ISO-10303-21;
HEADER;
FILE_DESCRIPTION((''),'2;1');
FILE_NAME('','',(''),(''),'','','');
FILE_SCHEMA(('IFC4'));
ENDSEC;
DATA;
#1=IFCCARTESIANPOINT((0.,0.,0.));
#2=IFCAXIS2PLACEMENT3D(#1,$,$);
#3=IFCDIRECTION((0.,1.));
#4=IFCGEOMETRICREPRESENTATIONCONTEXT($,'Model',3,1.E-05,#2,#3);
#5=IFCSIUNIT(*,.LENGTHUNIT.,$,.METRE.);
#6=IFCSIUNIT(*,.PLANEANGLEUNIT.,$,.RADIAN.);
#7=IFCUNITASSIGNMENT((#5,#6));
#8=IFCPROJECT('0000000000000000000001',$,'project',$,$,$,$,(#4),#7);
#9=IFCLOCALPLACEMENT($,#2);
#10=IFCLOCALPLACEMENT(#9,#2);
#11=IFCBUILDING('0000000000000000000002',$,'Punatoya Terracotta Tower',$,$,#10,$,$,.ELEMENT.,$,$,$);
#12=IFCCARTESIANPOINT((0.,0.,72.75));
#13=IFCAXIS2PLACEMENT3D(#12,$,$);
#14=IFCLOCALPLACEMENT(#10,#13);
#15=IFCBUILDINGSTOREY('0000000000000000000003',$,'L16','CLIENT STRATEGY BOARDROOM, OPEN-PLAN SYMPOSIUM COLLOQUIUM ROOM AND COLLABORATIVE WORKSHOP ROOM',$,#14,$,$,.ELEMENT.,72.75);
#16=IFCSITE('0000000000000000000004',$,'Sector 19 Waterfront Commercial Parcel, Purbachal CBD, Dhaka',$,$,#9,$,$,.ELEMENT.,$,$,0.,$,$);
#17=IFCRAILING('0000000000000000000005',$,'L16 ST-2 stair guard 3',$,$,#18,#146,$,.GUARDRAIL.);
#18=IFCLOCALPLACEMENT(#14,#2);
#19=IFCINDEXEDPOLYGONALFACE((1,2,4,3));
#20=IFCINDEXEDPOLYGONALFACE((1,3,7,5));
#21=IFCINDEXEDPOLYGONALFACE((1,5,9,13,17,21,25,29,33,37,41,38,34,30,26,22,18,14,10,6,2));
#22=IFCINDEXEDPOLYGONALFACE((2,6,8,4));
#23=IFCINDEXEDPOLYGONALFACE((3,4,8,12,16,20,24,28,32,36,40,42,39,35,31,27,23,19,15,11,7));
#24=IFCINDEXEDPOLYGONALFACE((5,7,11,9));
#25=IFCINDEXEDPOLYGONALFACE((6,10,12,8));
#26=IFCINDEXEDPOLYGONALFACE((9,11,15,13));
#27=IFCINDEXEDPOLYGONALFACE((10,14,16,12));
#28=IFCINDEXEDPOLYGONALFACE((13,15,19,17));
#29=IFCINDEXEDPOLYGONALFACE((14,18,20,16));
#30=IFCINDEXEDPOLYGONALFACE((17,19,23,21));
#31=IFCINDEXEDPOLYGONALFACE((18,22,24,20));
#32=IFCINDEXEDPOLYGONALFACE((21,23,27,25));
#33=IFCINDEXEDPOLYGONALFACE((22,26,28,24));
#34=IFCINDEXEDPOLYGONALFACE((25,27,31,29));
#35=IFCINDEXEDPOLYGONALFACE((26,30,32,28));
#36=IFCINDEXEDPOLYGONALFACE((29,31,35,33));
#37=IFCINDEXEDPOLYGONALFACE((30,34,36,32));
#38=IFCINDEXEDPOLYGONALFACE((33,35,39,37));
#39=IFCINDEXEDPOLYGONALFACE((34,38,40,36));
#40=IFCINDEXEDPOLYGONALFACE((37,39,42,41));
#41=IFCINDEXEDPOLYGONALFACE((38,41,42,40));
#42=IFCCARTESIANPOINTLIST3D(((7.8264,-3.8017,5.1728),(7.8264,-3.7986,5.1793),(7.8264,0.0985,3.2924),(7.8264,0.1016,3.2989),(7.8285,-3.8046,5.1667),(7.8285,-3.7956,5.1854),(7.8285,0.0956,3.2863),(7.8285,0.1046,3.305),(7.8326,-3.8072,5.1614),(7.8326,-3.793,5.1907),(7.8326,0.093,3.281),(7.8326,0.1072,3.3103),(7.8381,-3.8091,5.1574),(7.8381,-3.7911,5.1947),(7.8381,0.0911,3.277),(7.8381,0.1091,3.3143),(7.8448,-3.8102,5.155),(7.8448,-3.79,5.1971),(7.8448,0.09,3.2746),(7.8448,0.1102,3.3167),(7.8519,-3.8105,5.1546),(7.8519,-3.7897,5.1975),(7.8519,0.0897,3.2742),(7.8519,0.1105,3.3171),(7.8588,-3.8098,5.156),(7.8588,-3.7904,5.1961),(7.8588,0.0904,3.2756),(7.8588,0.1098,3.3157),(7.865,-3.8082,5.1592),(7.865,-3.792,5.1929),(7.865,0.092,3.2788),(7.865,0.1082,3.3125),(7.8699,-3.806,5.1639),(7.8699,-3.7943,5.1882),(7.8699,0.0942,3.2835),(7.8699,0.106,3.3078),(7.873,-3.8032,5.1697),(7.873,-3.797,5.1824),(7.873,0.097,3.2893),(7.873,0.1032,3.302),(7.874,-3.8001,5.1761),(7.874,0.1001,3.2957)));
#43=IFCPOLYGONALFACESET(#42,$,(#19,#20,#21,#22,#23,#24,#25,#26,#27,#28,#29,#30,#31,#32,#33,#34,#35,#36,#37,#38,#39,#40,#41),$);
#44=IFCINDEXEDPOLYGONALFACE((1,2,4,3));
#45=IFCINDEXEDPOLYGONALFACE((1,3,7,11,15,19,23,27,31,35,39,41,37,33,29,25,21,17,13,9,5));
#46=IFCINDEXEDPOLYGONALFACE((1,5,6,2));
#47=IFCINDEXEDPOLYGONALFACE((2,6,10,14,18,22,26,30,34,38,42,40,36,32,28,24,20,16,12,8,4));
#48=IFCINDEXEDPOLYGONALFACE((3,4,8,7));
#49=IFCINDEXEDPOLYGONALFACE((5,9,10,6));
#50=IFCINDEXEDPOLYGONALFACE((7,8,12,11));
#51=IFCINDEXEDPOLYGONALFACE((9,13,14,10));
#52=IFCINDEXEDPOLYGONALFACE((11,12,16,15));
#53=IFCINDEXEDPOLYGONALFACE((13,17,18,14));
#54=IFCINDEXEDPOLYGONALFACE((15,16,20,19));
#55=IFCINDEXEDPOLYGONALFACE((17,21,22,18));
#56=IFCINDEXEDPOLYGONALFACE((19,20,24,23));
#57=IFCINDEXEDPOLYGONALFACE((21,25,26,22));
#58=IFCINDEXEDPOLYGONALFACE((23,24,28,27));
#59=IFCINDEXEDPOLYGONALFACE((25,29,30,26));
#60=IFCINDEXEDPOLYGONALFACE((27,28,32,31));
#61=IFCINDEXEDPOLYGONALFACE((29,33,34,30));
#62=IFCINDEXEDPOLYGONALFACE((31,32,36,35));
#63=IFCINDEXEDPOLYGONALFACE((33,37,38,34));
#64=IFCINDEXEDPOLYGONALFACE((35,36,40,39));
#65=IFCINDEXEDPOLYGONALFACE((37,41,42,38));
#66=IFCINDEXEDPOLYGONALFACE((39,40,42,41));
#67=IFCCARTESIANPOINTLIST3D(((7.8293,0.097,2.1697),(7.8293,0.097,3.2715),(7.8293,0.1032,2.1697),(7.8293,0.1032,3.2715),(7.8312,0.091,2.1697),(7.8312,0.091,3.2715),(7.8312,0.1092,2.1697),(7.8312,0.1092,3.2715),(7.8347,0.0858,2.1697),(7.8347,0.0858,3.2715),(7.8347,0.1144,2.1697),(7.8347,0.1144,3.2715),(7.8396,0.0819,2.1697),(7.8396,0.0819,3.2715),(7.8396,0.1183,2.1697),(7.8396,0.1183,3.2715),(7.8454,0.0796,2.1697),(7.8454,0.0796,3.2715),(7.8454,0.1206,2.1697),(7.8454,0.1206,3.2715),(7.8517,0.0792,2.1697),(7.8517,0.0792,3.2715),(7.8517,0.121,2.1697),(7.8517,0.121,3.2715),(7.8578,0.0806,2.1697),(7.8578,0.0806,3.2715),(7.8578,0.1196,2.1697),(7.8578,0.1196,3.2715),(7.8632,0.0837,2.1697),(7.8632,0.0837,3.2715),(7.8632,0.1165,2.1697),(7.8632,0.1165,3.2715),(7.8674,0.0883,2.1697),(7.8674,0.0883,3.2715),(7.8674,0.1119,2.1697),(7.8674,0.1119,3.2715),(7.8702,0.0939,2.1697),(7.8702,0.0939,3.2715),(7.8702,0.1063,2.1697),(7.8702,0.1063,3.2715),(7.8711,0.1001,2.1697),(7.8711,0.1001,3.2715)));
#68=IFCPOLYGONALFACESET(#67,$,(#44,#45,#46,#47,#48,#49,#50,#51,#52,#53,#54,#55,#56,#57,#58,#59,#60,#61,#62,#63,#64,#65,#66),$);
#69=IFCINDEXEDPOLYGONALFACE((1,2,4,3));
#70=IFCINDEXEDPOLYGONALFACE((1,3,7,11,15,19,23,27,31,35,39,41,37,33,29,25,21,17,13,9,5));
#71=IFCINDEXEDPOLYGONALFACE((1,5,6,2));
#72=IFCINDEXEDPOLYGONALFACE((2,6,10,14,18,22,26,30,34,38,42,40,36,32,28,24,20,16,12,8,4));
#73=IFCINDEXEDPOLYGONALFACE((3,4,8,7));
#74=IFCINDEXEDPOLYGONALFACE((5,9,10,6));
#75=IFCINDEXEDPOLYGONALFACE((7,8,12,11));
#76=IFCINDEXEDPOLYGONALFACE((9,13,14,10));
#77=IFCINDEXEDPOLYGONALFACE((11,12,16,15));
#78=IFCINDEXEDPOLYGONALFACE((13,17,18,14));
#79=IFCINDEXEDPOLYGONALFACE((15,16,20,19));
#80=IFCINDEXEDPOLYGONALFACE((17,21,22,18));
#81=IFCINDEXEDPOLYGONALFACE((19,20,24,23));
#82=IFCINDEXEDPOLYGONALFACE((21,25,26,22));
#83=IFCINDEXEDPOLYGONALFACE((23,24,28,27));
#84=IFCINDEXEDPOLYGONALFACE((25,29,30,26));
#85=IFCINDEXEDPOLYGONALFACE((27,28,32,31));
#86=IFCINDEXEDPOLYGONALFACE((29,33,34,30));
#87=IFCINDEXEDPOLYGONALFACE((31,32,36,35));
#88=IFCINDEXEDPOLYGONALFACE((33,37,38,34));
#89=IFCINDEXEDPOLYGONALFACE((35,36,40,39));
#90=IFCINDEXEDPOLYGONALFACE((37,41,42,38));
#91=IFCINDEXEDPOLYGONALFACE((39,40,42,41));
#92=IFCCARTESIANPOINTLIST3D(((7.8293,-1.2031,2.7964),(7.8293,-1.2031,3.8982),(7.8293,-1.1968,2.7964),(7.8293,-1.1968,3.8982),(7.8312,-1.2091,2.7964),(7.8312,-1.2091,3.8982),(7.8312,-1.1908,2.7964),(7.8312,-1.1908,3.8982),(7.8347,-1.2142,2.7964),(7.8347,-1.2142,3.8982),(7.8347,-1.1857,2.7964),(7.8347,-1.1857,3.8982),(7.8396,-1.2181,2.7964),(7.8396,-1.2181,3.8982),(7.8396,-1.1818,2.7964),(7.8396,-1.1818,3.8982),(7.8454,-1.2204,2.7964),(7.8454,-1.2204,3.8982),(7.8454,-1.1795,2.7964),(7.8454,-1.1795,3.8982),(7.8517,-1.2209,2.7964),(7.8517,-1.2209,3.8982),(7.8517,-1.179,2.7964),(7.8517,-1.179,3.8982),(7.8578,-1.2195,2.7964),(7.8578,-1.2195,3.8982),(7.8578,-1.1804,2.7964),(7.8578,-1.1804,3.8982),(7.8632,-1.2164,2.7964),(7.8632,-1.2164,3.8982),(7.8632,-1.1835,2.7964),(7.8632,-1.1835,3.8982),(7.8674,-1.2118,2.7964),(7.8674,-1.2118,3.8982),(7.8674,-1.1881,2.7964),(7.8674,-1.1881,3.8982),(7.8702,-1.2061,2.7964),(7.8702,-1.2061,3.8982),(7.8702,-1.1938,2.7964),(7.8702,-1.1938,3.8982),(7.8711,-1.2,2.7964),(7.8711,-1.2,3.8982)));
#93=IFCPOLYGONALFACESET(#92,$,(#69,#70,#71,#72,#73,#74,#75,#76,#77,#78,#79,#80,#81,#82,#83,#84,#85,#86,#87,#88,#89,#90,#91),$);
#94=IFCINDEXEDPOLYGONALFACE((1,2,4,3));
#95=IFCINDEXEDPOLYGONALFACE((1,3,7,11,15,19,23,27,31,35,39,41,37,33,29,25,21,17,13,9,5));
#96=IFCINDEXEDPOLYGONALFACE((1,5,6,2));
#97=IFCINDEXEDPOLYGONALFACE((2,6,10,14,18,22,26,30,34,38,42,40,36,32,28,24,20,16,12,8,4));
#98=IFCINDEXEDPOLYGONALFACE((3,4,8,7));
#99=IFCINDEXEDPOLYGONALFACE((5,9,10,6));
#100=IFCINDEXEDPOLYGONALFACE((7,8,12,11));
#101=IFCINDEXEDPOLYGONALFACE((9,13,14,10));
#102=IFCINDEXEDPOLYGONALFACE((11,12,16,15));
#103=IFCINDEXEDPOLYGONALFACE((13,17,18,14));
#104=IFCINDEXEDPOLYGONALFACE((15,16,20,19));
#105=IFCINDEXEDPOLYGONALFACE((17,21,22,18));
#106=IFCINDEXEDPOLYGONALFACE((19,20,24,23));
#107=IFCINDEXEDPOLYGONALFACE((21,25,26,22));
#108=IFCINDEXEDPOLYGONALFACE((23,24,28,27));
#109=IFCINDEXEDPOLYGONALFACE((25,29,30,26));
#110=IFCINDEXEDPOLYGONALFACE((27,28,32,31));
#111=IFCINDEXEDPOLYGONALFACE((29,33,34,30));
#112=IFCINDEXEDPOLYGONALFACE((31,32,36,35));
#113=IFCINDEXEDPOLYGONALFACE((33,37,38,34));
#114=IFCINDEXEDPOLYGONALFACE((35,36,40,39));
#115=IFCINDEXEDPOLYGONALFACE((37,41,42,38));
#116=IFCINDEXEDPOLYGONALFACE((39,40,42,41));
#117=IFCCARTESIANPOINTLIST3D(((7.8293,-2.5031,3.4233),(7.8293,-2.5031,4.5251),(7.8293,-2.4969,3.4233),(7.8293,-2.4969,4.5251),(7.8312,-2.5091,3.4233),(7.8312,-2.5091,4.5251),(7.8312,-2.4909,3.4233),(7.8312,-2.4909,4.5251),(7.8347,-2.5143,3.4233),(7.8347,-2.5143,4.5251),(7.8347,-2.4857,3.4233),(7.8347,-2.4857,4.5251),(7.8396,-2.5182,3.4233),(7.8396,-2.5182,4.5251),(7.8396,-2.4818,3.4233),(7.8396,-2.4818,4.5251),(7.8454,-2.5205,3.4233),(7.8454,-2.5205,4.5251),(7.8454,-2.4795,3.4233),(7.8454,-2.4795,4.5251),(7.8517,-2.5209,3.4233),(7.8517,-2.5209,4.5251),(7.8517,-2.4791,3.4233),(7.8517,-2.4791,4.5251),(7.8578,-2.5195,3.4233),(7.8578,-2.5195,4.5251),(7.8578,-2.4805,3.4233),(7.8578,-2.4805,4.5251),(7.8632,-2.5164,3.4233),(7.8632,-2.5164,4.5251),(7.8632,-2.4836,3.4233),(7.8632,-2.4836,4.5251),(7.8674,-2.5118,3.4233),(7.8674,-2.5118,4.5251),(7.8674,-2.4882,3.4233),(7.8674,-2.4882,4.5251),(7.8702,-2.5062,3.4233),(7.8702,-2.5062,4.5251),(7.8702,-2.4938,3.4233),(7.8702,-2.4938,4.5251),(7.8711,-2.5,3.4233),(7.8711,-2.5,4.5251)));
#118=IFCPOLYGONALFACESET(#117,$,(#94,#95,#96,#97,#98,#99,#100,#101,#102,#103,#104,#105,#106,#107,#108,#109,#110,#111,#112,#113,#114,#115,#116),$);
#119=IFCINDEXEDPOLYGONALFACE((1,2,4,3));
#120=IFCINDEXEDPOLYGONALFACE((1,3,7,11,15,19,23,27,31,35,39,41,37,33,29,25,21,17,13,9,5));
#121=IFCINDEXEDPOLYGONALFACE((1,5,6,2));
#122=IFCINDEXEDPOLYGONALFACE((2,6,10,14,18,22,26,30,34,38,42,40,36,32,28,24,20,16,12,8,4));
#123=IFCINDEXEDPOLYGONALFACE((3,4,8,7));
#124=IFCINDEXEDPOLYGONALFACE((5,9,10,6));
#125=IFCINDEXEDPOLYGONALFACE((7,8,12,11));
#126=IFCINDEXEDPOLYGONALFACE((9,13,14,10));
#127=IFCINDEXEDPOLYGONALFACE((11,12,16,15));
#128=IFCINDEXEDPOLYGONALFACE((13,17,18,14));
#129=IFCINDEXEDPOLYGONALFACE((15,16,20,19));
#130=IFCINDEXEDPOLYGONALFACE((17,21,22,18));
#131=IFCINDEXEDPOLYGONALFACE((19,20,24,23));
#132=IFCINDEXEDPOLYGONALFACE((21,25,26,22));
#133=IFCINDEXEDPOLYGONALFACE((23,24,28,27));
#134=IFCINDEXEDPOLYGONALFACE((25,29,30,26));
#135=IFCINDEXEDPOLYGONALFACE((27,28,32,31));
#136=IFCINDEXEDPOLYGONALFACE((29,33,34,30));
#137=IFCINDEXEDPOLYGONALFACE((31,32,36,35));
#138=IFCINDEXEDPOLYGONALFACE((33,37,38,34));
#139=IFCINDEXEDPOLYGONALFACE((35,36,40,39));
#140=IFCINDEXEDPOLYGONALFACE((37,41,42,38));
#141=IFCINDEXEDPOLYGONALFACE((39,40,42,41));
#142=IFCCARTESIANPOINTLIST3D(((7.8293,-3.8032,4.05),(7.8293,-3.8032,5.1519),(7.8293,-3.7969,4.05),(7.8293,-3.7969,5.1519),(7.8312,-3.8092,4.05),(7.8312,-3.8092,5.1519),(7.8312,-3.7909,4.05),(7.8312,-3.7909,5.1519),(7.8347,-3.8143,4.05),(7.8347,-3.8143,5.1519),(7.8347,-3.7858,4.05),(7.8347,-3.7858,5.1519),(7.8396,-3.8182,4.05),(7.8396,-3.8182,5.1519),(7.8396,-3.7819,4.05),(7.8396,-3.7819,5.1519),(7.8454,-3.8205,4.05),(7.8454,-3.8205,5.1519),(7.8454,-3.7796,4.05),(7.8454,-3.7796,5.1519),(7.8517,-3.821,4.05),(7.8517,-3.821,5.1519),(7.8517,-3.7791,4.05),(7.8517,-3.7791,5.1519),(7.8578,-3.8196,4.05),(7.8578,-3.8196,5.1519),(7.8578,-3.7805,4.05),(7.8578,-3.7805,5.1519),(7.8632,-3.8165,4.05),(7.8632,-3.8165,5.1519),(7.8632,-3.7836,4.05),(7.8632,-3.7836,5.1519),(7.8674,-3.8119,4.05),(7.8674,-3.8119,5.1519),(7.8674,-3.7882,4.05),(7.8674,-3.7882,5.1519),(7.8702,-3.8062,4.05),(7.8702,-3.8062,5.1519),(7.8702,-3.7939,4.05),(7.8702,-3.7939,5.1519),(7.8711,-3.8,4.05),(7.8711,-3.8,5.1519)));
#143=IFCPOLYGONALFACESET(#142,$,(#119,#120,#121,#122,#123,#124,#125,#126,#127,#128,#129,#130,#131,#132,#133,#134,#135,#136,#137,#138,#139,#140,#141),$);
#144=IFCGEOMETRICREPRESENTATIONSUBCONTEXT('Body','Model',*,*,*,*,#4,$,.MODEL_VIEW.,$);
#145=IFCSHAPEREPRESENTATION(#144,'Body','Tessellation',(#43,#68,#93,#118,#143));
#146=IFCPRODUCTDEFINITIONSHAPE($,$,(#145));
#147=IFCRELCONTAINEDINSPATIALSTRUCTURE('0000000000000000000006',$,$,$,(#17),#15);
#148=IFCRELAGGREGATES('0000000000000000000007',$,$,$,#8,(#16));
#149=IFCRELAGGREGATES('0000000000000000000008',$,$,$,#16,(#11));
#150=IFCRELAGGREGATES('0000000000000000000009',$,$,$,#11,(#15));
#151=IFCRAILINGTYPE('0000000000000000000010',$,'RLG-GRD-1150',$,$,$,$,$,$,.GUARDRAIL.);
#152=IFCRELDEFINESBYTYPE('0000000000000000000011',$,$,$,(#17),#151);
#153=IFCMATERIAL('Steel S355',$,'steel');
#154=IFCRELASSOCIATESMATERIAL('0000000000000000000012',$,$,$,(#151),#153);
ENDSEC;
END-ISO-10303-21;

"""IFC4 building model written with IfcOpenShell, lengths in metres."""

from ifc_helpers import new_model, si_unit, direction, frame, origin, origin_2d, place, context, subcontext, project, spatial, circle, extrude, material, type_object, element, save


model = new_model("IFC4")

# Units and contexts
model_context = context("Model", 3, precision=1e-05, world=origin(), true_north=direction((0.0, 1.0)))
body_context = subcontext(model_context, "Body", "Model", "MODEL_VIEW")
ifc_project = project(units=[si_unit("LENGTHUNIT", "METRE"), si_unit("PLANEANGLEUNIT", "RADIAN")], contexts=[model_context])

# Site, building, storey
site_placement = place(None, origin())
site = spatial("IfcSite", under=ifc_project, at=site_placement, Name="Sector 19 Waterfront Commercial Parcel, Purbachal CBD, Dhaka", CompositionType="ELEMENT", RefElevation=0.0)
building_placement = place(site_placement, origin())
building = spatial("IfcBuilding", under=site, at=building_placement, Name="Punatoya Terracotta Tower", CompositionType="ELEMENT")
storey_placement = place(building_placement, frame((0.0, 0.0, 72.75)))
storey = spatial("IfcBuildingStorey", under=building, at=storey_placement, Name="L16", Description="CLIENT STRATEGY BOARDROOM, OPEN-PLAN SYMPOSIUM COLLOQUIUM ROOM AND COLLABORATIVE WORKSHOP ROOM", CompositionType="ELEMENT", Elevation=72.75)

# Shared definitions
ifc_material_1 = material(Name="Steel S355", Category="steel")

# Railing
railing_type_1 = type_object("IfcRailingType", Name="RLG-GRD-1150", PredefinedType="GUARDRAIL", material=ifc_material_1)
railing_1_placement = place(storey_placement, frame((7.8501, 0.1001, 2.1697)))
element("IfcRailing", 1, at=railing_1_placement, inside=storey, type_object=railing_type_1, Name="L16 ST-2 stair guard 3", PredefinedType="GUARDRAIL", context=body_context, shape_type="SweptSolid", body=[
    extrude(circle(Radius=0.0239, at=origin_2d()), frame((0.0, 0.0, 1.126), z_axis=(0.0, -0.900774, 0.434289), x_axis=(1.0, 0.0, 0.0)), (0.0, 0.0, 1.0), 4.3298),
    extrude(circle(Radius=0.021, at=origin_2d()), origin(), (0.0, 0.0, 1.0), 1.1018),
    extrude(circle(Radius=0.021, at=origin_2d()), frame((0.0, -1.3, 0.6267)), (0.0, 0.0, 1.0), 1.1018),
    extrude(circle(Radius=0.021, at=origin_2d()), frame((0.0, -2.6001, 1.2537)), (0.0, 0.0, 1.0), 1.1018),
    extrude(circle(Radius=0.021, at=origin_2d()), frame((0.0, -3.9001, 1.8804)), (0.0, 0.0, 1.0), 1.1018),
])

save(model, "model.ifc")
